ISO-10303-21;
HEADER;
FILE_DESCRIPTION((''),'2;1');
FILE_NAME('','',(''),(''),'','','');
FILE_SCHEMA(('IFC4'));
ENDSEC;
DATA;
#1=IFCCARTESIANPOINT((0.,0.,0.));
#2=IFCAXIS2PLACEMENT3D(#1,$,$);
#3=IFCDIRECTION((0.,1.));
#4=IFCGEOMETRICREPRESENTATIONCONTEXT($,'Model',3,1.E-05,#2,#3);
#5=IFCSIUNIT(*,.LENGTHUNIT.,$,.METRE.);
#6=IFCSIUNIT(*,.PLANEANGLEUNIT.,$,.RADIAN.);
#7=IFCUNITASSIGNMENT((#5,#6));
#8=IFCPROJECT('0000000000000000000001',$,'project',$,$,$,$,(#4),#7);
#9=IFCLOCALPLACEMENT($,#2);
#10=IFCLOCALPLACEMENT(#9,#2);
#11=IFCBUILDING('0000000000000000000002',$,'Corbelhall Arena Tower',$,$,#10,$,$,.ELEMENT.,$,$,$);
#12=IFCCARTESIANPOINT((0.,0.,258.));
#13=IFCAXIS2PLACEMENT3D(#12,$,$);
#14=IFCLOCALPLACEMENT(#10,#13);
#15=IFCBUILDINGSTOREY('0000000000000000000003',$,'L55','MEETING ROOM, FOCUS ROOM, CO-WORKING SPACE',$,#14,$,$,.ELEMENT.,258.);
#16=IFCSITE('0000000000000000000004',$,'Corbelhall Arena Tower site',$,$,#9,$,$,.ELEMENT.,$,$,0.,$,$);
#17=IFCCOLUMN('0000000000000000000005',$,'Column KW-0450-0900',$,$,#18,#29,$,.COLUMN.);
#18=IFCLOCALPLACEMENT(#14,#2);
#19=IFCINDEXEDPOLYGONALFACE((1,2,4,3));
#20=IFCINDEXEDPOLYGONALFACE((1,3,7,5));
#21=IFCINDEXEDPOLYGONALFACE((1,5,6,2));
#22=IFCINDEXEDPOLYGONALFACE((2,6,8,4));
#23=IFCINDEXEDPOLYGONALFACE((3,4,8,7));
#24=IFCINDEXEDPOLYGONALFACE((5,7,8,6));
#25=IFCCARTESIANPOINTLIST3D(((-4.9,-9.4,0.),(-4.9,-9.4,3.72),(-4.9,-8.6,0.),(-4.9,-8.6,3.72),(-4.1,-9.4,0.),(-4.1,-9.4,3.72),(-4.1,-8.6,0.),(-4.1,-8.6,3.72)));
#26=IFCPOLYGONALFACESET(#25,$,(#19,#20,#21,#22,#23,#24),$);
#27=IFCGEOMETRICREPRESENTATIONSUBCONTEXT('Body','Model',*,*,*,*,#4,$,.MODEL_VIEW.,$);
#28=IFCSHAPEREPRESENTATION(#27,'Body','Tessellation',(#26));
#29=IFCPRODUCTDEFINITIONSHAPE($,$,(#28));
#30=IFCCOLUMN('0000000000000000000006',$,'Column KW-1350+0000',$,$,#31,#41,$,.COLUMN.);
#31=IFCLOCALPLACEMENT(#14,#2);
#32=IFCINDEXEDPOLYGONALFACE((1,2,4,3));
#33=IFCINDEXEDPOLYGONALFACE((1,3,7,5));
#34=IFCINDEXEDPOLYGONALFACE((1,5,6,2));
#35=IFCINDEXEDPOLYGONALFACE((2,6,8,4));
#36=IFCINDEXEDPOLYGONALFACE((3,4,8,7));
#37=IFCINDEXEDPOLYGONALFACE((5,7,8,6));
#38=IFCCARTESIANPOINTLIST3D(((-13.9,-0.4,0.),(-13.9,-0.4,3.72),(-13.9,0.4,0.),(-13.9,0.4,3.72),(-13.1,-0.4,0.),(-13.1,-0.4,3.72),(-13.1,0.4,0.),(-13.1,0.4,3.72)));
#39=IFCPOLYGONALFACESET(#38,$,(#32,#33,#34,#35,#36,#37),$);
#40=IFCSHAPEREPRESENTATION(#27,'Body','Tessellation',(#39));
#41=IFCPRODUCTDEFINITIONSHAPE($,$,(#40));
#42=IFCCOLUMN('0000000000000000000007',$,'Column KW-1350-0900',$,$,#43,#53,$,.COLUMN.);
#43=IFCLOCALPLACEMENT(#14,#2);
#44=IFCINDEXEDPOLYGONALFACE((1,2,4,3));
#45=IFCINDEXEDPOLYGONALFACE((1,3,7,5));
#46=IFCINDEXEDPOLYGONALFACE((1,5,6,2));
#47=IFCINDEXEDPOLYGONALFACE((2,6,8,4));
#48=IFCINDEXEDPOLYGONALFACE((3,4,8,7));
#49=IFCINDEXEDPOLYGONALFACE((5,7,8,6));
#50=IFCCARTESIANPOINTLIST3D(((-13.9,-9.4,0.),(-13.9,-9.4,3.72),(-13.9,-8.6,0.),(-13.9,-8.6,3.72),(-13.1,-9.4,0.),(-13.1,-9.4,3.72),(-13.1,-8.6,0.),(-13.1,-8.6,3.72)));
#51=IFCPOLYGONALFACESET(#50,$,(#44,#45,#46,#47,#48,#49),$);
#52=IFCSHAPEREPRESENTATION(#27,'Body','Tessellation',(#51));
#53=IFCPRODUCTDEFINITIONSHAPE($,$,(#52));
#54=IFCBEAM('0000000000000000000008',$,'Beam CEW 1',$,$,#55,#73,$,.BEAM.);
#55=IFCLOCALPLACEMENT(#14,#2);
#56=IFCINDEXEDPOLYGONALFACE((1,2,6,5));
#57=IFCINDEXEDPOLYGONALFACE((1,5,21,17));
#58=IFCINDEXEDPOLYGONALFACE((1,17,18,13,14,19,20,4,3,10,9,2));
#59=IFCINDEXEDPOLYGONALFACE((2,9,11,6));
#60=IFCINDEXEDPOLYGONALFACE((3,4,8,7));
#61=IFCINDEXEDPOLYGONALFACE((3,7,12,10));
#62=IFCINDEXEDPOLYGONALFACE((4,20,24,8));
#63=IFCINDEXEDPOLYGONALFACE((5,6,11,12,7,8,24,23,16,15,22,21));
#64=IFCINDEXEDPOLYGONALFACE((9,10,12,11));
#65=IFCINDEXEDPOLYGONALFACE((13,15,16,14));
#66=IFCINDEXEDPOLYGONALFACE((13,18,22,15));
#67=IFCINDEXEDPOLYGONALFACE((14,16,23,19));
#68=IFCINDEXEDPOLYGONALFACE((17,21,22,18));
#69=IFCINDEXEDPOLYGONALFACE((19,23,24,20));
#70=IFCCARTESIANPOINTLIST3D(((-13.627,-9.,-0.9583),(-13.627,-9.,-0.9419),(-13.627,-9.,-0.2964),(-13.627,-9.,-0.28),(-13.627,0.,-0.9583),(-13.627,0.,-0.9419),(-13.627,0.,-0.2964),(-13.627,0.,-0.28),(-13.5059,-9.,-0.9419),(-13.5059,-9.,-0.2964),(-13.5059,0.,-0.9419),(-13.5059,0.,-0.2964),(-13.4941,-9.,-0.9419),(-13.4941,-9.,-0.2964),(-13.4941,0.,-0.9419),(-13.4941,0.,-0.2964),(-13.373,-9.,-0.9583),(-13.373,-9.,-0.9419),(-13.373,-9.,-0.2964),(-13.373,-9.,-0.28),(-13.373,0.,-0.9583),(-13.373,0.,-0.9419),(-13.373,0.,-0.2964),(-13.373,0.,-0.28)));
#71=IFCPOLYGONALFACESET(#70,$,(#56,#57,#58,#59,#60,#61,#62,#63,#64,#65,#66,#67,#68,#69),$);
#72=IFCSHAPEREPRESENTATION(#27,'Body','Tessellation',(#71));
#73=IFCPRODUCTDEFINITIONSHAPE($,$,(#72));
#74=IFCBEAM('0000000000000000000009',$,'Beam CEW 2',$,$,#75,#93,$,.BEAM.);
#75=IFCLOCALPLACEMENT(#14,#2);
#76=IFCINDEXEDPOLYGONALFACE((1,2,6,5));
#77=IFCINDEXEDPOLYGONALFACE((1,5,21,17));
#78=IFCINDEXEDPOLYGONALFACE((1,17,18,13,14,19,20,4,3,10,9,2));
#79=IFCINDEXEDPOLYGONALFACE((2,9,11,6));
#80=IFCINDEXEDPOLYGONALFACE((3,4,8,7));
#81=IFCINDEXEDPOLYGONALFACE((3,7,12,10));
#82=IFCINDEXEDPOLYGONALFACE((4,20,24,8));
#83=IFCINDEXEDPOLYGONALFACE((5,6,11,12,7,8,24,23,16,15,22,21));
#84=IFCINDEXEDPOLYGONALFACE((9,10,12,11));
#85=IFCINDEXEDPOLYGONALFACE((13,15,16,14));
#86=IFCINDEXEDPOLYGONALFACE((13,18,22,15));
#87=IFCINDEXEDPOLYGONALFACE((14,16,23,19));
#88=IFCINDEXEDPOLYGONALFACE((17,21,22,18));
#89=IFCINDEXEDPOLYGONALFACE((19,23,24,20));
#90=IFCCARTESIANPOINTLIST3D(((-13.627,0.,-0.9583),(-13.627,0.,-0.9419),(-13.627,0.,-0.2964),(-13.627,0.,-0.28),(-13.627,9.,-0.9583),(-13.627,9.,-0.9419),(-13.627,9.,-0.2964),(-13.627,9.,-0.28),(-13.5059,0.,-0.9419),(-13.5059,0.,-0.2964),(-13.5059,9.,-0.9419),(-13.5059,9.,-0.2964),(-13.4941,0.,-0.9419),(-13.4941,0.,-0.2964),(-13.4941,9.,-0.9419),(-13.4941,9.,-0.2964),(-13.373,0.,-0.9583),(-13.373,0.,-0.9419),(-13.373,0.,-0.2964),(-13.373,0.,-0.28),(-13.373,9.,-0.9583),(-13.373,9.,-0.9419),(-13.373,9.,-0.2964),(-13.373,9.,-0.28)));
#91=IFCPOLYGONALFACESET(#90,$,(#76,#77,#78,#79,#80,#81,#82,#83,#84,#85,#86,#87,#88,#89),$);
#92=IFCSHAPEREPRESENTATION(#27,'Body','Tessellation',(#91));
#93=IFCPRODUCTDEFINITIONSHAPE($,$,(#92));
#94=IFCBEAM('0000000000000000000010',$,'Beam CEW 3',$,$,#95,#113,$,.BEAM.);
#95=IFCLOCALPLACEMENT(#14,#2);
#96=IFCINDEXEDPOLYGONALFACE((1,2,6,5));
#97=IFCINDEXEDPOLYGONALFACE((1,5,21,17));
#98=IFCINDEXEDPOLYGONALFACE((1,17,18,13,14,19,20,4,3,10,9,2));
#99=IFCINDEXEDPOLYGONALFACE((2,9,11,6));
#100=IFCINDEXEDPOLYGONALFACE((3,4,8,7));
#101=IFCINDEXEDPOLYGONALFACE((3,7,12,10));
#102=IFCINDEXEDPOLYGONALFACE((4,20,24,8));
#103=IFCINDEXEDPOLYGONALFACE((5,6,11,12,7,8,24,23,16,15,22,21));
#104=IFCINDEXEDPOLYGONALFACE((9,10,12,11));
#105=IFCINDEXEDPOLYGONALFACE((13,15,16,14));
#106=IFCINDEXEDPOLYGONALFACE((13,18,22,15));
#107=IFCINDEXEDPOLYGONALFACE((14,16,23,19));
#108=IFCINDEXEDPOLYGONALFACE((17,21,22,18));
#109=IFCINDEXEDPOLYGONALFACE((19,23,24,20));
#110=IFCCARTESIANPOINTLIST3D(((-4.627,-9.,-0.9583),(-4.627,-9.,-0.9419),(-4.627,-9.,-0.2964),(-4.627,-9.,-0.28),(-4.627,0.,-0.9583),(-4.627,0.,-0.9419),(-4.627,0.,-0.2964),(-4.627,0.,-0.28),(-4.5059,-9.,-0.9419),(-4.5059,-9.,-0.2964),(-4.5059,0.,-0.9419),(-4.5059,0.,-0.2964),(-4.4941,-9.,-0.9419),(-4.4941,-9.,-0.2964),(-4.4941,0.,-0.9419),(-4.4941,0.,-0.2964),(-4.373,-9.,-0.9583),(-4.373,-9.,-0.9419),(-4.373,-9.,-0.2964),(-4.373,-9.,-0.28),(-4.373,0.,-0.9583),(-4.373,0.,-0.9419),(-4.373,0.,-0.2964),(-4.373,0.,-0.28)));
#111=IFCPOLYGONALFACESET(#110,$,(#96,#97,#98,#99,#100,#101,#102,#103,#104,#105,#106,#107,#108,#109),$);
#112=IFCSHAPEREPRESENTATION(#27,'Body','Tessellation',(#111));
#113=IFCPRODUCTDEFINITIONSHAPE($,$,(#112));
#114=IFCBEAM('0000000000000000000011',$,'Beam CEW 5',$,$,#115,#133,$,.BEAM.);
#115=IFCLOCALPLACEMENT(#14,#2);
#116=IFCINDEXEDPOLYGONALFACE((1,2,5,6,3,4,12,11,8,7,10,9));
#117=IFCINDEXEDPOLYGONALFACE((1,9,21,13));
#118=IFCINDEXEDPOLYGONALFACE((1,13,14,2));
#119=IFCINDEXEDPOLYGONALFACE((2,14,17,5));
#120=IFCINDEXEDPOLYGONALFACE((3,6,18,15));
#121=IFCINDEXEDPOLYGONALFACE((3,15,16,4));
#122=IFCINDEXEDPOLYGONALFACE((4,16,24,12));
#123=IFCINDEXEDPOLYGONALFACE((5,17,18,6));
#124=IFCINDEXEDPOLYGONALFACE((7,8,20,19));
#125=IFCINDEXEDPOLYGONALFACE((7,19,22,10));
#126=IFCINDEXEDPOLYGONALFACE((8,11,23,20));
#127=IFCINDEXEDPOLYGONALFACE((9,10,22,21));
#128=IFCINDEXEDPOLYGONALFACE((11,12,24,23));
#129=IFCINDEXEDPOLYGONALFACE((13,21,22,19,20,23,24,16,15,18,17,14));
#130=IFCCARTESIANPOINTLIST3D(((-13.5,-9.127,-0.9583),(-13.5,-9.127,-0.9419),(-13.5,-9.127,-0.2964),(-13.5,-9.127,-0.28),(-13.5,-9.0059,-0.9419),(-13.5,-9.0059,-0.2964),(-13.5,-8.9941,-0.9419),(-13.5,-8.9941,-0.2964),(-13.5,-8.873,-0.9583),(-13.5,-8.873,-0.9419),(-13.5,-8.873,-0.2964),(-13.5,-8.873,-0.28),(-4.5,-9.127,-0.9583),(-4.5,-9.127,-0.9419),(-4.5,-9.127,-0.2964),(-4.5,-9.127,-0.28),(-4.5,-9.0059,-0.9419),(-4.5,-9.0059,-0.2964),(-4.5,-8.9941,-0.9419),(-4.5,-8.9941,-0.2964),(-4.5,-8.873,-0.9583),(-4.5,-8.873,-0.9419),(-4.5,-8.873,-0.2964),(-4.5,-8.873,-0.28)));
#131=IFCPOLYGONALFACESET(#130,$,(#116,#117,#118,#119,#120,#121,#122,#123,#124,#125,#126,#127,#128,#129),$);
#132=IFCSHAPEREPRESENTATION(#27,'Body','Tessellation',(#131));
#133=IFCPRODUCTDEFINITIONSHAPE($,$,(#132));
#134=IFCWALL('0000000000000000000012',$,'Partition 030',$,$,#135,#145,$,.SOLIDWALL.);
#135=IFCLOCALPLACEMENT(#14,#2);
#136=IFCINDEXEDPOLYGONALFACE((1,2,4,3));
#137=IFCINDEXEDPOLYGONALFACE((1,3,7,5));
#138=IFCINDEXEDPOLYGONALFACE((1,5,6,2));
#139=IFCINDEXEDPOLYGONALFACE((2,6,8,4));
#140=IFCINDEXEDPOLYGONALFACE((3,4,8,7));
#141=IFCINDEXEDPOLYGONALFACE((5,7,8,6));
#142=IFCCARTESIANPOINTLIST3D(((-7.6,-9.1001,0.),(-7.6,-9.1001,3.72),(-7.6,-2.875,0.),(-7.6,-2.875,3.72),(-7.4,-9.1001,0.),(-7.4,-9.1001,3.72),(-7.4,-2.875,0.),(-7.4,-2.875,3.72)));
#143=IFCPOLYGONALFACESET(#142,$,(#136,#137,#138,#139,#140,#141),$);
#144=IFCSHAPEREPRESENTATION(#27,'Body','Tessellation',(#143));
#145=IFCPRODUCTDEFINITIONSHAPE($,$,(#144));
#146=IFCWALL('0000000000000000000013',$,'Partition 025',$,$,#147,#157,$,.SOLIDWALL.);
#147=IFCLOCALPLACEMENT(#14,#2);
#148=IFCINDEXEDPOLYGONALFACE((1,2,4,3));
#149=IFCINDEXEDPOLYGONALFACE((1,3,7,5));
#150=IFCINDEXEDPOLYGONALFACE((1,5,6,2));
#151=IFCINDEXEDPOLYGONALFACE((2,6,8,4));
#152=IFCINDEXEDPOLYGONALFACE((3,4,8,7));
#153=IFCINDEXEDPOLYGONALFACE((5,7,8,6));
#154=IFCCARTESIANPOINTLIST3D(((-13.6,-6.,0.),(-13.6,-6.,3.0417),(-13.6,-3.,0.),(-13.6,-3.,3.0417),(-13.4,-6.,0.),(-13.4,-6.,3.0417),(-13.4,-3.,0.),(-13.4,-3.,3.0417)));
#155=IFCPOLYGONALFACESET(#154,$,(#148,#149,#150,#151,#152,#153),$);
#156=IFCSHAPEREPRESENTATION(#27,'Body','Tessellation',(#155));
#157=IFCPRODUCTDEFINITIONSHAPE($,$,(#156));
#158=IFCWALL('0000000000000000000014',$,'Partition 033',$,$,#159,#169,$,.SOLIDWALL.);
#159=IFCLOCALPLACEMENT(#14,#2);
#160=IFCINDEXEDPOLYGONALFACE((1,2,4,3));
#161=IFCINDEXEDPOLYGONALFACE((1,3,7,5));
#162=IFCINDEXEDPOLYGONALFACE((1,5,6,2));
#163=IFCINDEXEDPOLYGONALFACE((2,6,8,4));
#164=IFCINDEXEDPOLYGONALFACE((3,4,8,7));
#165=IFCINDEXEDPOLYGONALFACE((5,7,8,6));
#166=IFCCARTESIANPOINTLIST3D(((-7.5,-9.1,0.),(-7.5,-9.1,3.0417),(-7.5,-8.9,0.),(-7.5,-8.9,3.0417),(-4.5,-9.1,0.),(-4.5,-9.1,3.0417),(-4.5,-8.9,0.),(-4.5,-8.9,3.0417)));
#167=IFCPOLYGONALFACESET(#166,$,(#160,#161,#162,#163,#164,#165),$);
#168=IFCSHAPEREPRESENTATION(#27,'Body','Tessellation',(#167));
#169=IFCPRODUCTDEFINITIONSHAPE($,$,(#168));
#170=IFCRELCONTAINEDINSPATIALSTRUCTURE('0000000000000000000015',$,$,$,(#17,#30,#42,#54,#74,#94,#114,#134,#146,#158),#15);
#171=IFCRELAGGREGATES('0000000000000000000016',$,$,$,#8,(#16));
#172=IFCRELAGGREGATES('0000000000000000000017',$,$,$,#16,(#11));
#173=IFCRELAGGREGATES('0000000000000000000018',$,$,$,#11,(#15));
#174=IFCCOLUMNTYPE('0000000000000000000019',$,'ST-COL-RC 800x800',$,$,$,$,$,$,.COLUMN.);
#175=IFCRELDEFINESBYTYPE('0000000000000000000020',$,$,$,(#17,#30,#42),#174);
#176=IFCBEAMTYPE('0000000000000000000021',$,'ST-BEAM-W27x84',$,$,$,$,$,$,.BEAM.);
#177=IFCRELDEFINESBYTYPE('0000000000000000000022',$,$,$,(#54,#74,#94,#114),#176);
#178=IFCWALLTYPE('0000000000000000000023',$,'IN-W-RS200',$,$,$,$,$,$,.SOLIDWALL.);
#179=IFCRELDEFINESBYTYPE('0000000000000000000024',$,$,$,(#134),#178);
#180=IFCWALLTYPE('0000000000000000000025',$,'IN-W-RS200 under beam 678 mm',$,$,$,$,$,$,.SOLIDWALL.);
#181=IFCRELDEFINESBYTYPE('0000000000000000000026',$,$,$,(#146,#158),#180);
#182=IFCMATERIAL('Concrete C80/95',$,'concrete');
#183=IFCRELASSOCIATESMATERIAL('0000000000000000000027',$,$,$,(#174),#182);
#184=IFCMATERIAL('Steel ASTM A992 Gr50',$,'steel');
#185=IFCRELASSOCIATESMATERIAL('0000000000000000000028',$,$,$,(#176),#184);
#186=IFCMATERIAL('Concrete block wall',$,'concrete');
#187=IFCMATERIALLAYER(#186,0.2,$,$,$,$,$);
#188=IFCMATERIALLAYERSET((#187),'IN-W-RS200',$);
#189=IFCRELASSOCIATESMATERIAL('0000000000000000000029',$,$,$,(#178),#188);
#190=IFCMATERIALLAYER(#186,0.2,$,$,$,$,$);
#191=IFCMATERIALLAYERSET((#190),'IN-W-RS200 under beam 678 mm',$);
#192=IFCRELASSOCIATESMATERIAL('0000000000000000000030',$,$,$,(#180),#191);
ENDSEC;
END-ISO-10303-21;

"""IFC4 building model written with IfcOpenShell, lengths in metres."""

from ifc_helpers import new_model, si_unit, direction, frame, frame_2d, origin, origin_2d, place, context, subcontext, project, spatial, rectangle, i_section, extrude, material, layer, layer_set, material_profile, profile_set, type_object, element, save


model = new_model("IFC4")

# Units and contexts
model_context = context("Model", 3, precision=1e-05, world=origin(), true_north=direction((0.0, 1.0)))
body_context = subcontext(model_context, "Body", "Model", "MODEL_VIEW")
ifc_project = project(units=[si_unit("LENGTHUNIT", "METRE"), si_unit("PLANEANGLEUNIT", "RADIAN")], contexts=[model_context])

# Site, building, storey
site_placement = place(None, origin())
site = spatial("IfcSite", under=ifc_project, at=site_placement, Name="Corbelhall Arena Tower site", CompositionType="ELEMENT", RefElevation=0.0)
building_placement = place(site_placement, origin())
building = spatial("IfcBuilding", under=site, at=building_placement, Name="Corbelhall Arena Tower", CompositionType="ELEMENT")
storey_placement = place(building_placement, frame((0.0, 0.0, 258.0)))
storey = spatial("IfcBuildingStorey", under=building, at=storey_placement, Name="L55", Description="MEETING ROOM, FOCUS ROOM, CO-WORKING SPACE", CompositionType="ELEMENT", Elevation=258.0)

# Columns
ifc_material_1 = material(Name="Concrete C80/95", Category="concrete")
ifc_material_profile_1 = material_profile(ifc_material_1, rectangle(XDim=0.8, YDim=0.8, at=origin_2d()))
ifc_profile_set_1 = profile_set([ifc_material_profile_1], Name="Concrete C80/95")
column_type = type_object("IfcColumnType", Name="ST-COL-RC 800x800", PredefinedType="COLUMN", material=ifc_profile_set_1)
for number, where, z_axis, x_axis, name in (
    (1, (-4.5, -9.0, 0.0), (0.0, 0.0, 1.0), (1.0, 0.0, 0.0), "Column KW-0450-0900"),
    (2, (-13.5, 0.0, 0.0), (0.0, 0.0, 1.0), (1.0, 0.0, 0.0), "Column KW-1350+0000"),
    (3, (-13.5, -9.0, 0.0), (0.0, 0.0, 1.0), (1.0, 0.0, 0.0), "Column KW-1350-0900"),
):
    element("IfcColumn", number, at=place(storey_placement, frame(where, z_axis=z_axis, x_axis=x_axis)), inside=storey, type_object=column_type, Name=name, PredefinedType="COLUMN", context=body_context, shape_type="SweptSolid", body=[
        extrude(rectangle(XDim=0.8, YDim=0.8, at=origin_2d()), origin(), (0.0, 0.0, 1.0), 3.72),
    ])

# Beams
ifc_material_2 = material(Name="Steel ASTM A992 Gr50", Category="steel")
ifc_material_profile_2 = material_profile(ifc_material_2, i_section(OverallWidth=0.2539, OverallDepth=0.6782, WebThickness=0.0117, FlangeThickness=0.0164, at=origin_2d()))
ifc_profile_set_2 = profile_set([ifc_material_profile_2], Name="Steel ASTM A992 Gr50")
beam_type = type_object("IfcBeamType", Name="ST-BEAM-W27x84", PredefinedType="BEAM", material=ifc_profile_set_2)
for number, where, z_axis, x_axis, name in (
    (4, (-13.5, -9.0, -0.6191), (0.0, 1.0, 0.0), (-1.0, 0.0, 0.0), "Beam CEW 1"),
    (5, (-13.5, 0.0, -0.6191), (0.0, 1.0, 0.0), (-1.0, 0.0, 0.0), "Beam CEW 2"),
    (6, (-4.5, -9.0, -0.6191), (0.0, 1.0, 0.0), (-1.0, 0.0, 0.0), "Beam CEW 3"),
    (7, (-13.5, -9.0, -0.6191), (1.0, 0.0, 0.0), (0.0, 1.0, 0.0), "Beam CEW 5"),
):
    element("IfcBeam", number, at=place(storey_placement, frame(where, z_axis=z_axis, x_axis=x_axis)), inside=storey, type_object=beam_type, Name=name, PredefinedType="BEAM", context=body_context, shape_type="SweptSolid", body=[
        extrude(i_section(OverallWidth=0.2539, OverallDepth=0.6782, WebThickness=0.0117, FlangeThickness=0.0164, at=origin_2d()), origin(), (0.0, 0.0, 1.0), 9.0),
    ])

# Shared definitions
ifc_material_3 = material(Name="Concrete block wall", Category="concrete")
ifc_layer_1 = layer(ifc_material_3, 0.2)
ifc_layer_set_1 = layer_set([ifc_layer_1], Name="IN-W-RS200")
wall_type_1 = type_object("IfcWallType", Name="IN-W-RS200", PredefinedType="SOLIDWALL", material=ifc_layer_set_1)

# Walls
wall_1_placement = place(storey_placement, frame((-7.5, -9.1001, 0.0), z_axis=(0.0, 0.0, 1.0), x_axis=(0.0, 1.0, 0.0)))
element("IfcWall", 8, at=wall_1_placement, inside=storey, type_object=wall_type_1, Name="Partition 030", PredefinedType="SOLIDWALL", context=body_context, shape_type="SweptSolid", body=[
    extrude(rectangle(XDim=6.2251, YDim=0.2, at=frame_2d((3.1125, 0.0))), origin(), (0.0, 0.0, 1.0), 3.72),
])
ifc_layer_2 = layer(ifc_material_3, 0.2)
ifc_layer_set_2 = layer_set([ifc_layer_2], Name="IN-W-RS200 under beam 678 mm")
wall_type_2 = type_object("IfcWallType", Name="IN-W-RS200 under beam 678 mm", PredefinedType="SOLIDWALL", material=ifc_layer_set_2)
for number, where, z_axis, x_axis, name in (
    (9, (-13.5, -6.0, 0.0), (0.0, 0.0, 1.0), (0.0, 1.0, 0.0), "Partition 025"),
    (10, (-4.5, -9.0, 0.0), (0.0, 0.0, 1.0), (-1.0, 0.0, 0.0), "Partition 033"),
):
    element("IfcWall", number, at=place(storey_placement, frame(where, z_axis=z_axis, x_axis=x_axis)), inside=storey, type_object=wall_type_2, Name=name, PredefinedType="SOLIDWALL", context=body_context, shape_type="SweptSolid", body=[
        extrude(rectangle(XDim=3.0, YDim=0.2, at=frame_2d((1.5, 0.0))), origin(), (0.0, 0.0, 1.0), 3.0417),
    ])

save(model, "model.ifc")
